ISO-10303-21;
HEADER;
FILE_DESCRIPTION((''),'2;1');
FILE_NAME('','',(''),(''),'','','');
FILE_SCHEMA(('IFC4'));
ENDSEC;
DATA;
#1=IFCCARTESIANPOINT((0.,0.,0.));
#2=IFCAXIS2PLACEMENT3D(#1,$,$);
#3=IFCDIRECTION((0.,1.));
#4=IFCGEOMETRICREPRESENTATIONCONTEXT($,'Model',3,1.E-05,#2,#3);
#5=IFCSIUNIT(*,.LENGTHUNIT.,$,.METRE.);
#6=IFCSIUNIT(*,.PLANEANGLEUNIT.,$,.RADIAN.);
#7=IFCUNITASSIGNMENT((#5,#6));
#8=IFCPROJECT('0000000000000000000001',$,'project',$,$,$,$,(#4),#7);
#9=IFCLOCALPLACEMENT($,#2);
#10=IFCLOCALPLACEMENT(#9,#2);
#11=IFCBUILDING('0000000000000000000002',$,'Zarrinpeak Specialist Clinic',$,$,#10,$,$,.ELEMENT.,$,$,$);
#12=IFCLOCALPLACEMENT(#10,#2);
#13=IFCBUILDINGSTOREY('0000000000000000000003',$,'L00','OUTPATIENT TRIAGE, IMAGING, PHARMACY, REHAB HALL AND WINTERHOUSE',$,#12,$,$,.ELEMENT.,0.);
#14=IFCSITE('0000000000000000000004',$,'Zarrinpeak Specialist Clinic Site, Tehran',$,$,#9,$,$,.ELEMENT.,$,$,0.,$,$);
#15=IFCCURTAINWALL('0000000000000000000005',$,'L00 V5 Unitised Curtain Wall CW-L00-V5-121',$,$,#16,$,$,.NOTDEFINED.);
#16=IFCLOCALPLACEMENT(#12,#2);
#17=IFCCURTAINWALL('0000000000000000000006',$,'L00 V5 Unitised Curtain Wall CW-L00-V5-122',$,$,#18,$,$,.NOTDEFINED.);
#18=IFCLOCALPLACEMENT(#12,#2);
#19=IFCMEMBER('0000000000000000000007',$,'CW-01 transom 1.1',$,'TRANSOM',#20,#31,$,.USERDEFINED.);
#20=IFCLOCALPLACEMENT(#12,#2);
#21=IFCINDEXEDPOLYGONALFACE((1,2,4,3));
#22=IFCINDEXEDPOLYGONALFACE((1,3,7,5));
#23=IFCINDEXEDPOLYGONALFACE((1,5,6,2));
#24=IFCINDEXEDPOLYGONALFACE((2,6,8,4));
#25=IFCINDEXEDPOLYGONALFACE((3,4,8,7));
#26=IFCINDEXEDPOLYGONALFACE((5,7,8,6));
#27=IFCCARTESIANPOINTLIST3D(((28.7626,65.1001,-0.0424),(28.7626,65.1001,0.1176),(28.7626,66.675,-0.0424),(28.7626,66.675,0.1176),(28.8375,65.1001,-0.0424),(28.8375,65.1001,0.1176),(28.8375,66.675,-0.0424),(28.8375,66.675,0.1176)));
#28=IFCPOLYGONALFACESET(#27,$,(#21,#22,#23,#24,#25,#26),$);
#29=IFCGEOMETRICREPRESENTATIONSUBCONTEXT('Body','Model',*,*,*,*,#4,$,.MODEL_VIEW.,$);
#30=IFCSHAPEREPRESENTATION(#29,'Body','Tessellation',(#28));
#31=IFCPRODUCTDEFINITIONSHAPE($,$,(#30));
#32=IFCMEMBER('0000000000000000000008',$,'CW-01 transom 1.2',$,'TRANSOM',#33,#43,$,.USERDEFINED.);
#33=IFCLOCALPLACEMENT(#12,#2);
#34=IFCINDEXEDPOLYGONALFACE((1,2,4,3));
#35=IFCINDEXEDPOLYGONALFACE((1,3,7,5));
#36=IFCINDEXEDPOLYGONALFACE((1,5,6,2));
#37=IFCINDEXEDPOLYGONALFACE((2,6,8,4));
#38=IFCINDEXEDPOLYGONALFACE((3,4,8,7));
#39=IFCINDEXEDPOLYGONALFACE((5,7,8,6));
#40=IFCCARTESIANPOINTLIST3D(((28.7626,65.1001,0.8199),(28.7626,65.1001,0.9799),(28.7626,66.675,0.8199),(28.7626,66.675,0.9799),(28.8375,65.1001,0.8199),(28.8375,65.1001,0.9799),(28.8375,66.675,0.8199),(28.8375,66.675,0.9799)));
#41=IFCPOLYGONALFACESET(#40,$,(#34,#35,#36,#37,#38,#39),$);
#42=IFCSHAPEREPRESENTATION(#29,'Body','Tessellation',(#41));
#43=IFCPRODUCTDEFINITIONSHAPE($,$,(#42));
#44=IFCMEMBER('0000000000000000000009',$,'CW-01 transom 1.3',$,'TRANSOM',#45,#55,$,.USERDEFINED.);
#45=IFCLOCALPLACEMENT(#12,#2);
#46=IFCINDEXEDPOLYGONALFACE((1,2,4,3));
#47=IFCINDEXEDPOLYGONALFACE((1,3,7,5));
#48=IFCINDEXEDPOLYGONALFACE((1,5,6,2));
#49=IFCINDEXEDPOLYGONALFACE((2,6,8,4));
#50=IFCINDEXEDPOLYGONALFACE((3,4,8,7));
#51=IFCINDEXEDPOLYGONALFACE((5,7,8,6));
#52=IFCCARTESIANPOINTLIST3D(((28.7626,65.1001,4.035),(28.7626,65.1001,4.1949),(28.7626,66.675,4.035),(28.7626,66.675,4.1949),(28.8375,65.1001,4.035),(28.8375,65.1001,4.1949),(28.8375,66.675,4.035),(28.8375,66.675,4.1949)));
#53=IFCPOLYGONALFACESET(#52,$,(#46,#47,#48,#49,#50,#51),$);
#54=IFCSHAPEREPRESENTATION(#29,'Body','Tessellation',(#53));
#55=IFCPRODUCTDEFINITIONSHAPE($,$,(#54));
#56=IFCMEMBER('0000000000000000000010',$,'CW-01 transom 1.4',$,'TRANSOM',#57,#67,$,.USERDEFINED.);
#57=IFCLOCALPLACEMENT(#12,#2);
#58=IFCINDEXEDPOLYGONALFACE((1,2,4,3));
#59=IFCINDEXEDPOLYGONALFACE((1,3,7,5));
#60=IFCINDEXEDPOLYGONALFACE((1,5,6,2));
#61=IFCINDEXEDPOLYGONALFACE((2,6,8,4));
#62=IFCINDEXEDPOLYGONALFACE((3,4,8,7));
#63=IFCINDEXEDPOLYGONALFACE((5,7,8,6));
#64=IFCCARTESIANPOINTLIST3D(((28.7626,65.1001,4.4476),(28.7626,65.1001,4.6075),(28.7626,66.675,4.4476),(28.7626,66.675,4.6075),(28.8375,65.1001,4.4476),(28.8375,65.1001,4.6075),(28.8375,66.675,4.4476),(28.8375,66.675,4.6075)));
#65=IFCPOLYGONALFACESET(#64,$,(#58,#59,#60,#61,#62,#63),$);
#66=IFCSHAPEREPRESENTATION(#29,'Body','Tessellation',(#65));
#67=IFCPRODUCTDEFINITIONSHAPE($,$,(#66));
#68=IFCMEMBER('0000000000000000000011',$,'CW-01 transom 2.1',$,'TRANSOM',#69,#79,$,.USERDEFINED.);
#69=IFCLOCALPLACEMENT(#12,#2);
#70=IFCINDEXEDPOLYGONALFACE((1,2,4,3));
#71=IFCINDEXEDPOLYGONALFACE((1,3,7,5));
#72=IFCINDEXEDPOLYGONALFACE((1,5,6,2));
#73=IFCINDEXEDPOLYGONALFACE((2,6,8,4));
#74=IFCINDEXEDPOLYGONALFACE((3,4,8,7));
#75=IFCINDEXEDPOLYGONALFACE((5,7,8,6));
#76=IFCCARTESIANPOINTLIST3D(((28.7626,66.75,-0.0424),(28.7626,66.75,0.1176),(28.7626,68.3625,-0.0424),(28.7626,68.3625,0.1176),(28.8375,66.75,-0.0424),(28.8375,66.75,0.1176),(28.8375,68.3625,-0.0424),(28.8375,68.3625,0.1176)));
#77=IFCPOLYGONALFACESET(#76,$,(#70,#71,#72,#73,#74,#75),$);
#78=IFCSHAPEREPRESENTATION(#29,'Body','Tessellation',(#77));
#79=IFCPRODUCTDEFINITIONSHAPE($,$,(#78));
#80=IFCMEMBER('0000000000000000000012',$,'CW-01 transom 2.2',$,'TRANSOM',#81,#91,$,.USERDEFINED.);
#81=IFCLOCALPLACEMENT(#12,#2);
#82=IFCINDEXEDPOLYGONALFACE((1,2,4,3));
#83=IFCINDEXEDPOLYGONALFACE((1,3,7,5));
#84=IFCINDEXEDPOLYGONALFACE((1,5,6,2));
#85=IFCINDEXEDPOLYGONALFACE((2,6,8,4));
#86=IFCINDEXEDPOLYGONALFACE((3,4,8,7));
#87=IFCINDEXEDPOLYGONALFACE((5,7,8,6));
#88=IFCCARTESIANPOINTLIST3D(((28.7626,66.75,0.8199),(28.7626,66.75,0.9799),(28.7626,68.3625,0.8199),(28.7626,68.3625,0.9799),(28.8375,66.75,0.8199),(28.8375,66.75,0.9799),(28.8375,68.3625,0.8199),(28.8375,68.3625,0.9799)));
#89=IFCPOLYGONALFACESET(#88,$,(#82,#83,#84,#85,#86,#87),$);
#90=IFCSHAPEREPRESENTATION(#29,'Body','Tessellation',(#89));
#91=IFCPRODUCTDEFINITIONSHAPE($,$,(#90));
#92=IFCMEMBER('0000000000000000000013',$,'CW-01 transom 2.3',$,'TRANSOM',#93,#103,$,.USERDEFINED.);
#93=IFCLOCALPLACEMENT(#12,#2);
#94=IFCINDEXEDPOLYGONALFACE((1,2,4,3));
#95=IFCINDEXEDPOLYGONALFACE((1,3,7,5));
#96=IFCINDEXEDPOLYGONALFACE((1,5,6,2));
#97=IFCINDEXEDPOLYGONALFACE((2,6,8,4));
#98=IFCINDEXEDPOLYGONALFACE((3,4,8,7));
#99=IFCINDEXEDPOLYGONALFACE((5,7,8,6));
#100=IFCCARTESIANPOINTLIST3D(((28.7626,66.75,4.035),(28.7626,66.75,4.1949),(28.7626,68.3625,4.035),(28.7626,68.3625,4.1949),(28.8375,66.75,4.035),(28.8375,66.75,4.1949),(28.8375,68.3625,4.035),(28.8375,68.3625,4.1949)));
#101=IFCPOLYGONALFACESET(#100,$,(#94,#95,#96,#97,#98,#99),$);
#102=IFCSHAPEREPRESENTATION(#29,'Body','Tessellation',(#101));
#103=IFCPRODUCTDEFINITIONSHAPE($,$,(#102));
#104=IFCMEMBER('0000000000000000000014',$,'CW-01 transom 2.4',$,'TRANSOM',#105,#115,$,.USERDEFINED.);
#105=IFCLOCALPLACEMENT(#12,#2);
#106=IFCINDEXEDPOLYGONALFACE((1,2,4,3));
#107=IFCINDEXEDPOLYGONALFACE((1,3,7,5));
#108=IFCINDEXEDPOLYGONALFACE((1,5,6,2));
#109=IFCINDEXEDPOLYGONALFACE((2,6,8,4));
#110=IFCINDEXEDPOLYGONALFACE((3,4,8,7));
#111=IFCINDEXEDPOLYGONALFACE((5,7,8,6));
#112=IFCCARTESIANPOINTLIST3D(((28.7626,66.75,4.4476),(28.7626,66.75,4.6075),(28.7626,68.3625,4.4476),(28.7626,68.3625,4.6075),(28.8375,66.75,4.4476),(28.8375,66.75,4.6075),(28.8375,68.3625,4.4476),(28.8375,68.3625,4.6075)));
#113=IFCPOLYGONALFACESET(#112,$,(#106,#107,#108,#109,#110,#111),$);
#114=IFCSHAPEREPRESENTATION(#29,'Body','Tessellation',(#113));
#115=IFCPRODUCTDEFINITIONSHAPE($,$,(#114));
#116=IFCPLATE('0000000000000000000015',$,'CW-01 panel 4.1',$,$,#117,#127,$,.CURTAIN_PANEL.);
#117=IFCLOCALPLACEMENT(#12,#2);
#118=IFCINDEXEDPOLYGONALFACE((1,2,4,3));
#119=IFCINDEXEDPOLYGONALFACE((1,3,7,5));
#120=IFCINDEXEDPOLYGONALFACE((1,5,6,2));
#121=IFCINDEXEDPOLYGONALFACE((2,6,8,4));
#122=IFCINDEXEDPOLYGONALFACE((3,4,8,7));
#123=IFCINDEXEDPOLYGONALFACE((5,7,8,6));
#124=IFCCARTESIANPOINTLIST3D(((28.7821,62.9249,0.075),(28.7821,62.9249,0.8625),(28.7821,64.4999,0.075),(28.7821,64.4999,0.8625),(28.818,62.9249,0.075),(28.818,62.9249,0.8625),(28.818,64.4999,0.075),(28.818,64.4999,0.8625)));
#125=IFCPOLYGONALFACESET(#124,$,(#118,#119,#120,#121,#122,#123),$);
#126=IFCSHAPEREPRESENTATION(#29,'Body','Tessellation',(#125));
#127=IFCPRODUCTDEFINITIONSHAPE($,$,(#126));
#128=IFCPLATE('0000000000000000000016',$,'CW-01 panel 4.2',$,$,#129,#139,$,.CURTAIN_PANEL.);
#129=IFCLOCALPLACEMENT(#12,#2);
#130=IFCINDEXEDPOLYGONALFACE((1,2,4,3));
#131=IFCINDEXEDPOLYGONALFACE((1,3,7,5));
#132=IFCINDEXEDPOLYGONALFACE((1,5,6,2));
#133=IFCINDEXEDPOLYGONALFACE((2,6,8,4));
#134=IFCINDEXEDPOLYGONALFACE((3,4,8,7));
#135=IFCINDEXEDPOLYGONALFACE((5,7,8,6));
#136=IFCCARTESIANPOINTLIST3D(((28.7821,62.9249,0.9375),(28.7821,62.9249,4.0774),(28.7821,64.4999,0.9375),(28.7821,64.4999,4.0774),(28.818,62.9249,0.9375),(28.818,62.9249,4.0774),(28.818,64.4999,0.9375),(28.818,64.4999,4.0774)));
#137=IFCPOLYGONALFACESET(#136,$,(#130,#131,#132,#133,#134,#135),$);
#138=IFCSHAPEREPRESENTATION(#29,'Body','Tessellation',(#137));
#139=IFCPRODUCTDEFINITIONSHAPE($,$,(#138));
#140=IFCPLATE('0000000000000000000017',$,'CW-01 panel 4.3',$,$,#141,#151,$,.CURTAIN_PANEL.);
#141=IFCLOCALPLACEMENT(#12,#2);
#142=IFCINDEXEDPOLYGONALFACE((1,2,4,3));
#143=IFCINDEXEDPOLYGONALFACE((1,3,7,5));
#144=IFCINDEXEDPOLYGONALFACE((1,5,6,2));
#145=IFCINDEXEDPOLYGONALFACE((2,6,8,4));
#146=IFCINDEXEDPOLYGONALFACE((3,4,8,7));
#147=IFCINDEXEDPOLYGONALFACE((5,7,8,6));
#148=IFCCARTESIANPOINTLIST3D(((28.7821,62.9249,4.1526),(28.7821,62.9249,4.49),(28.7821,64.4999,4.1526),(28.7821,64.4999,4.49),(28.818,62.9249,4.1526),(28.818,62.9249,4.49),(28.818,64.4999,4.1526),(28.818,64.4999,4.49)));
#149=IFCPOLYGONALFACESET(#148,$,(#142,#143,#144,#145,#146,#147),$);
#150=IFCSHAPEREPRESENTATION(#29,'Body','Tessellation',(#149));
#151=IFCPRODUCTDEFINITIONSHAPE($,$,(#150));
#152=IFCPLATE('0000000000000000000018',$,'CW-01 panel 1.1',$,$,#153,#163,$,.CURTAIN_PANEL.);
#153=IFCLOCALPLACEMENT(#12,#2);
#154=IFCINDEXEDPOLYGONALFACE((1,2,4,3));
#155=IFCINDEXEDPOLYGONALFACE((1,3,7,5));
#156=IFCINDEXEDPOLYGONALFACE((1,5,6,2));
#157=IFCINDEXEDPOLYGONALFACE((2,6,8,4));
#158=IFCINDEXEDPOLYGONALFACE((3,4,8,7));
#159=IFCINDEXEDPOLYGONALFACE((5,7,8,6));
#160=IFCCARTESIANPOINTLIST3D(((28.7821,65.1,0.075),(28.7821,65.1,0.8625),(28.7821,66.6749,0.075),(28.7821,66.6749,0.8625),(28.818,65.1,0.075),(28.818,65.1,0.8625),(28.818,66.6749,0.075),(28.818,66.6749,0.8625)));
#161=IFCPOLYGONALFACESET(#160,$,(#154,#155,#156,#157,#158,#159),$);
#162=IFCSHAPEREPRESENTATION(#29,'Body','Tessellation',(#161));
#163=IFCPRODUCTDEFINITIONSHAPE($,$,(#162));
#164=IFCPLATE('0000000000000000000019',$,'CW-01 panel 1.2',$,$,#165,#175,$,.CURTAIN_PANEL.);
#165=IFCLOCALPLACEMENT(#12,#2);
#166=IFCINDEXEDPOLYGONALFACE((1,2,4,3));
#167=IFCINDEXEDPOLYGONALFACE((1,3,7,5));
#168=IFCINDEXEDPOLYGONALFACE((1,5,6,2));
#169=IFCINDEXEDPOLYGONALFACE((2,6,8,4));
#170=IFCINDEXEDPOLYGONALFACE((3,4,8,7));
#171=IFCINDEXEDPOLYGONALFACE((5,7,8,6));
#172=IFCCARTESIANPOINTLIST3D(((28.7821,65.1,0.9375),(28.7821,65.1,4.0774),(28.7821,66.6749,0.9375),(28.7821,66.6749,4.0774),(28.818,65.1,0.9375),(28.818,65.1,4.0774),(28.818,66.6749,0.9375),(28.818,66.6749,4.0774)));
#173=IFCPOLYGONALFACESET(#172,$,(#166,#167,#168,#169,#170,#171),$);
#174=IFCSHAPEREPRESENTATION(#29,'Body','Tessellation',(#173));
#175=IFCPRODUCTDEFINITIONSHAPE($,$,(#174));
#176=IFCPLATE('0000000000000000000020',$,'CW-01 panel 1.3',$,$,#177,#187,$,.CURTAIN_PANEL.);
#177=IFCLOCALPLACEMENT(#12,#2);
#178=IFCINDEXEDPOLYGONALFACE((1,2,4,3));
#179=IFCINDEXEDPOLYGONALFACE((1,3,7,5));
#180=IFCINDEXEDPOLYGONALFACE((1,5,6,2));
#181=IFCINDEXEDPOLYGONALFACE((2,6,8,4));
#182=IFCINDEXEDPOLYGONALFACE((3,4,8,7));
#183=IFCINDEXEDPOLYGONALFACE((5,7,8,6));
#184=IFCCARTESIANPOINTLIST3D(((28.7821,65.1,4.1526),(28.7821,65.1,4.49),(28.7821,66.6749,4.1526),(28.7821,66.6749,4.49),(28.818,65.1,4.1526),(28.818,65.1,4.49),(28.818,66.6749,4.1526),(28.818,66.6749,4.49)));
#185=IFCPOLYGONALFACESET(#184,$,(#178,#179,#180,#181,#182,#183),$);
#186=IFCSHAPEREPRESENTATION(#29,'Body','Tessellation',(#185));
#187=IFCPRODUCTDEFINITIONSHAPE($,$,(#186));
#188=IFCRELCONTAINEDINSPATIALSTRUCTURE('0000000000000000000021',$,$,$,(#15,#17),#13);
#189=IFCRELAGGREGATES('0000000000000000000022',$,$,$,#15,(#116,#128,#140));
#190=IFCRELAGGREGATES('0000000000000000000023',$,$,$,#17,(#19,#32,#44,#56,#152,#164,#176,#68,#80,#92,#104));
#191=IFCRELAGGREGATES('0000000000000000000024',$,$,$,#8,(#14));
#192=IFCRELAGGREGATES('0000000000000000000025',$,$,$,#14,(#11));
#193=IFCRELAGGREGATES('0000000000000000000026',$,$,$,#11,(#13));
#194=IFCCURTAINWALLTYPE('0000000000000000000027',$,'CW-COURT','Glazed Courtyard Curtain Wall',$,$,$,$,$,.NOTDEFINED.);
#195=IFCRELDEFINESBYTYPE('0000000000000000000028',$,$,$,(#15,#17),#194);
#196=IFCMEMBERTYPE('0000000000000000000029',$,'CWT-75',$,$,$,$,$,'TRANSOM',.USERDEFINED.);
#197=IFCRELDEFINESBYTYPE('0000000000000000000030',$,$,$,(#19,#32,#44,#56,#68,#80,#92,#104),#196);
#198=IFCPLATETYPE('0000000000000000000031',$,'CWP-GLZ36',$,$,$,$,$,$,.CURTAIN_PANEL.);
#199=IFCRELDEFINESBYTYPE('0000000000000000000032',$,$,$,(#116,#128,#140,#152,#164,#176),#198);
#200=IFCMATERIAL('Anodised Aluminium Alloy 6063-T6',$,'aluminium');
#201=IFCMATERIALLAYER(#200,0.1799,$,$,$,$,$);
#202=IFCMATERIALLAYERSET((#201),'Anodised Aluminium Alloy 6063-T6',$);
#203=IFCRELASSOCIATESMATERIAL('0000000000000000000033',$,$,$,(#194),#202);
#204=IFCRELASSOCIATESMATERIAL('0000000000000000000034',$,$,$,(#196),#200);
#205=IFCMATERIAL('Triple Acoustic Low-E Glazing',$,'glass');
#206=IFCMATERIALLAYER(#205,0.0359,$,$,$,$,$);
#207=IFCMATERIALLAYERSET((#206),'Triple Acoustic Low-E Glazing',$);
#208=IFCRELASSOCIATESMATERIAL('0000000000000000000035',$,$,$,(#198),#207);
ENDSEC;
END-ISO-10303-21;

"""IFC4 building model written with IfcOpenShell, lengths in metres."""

from ifc_helpers import new_model, si_unit, direction, frame, origin, origin_2d, place, context, subcontext, project, spatial, rectangle, extrude, material, layer, layer_set, material_profile, profile_set, type_object, element, aggregate, save


model = new_model("IFC4")

# Units and contexts
model_context = context("Model", 3, precision=1e-05, world=origin(), true_north=direction((0.0, 1.0)))
body_context = subcontext(model_context, "Body", "Model", "MODEL_VIEW")
ifc_project = project(units=[si_unit("LENGTHUNIT", "METRE"), si_unit("PLANEANGLEUNIT", "RADIAN")], contexts=[model_context])

# Site, building, storey
site_placement = place(None, origin())
site = spatial("IfcSite", under=ifc_project, at=site_placement, Name="Zarrinpeak Specialist Clinic Site, Tehran", CompositionType="ELEMENT", RefElevation=0.0)
building_placement = place(site_placement, origin())
building = spatial("IfcBuilding", under=site, at=building_placement, Name="Zarrinpeak Specialist Clinic", CompositionType="ELEMENT")
storey_placement = place(building_placement, origin())
storey = spatial("IfcBuildingStorey", under=building, at=storey_placement, Name="L00", Description="OUTPATIENT TRIAGE, IMAGING, PHARMACY, REHAB HALL AND WINTERHOUSE", CompositionType="ELEMENT", Elevation=0.0)

# Curtain wall
ifc_material_1 = material(Name="Anodised Aluminium Alloy 6063-T6", Category="aluminium")
ifc_layer_1 = layer(ifc_material_1, 0.1799)
ifc_layer_set_1 = layer_set([ifc_layer_1], Name="Anodised Aluminium Alloy 6063-T6")
curtain_wall_type = type_object("IfcCurtainWallType", Name="CW-COURT", Description="Glazed Courtyard Curtain Wall", PredefinedType="NOTDEFINED", material=ifc_layer_set_1)
curtain_wall_1_placement = place(storey_placement, origin())
curtain_wall_1 = element("IfcCurtainWall", 1, at=curtain_wall_1_placement, inside=storey, type_object=curtain_wall_type, Name="L00 V5 Unitised Curtain Wall CW-L00-V5-121", PredefinedType="NOTDEFINED")

# Curtain wall
curtain_wall_2_placement = place(storey_placement, origin())
curtain_wall_2 = element("IfcCurtainWall", 2, at=curtain_wall_2_placement, inside=storey, type_object=curtain_wall_type, Name="L00 V5 Unitised Curtain Wall CW-L00-V5-122", PredefinedType="NOTDEFINED")

# Members
ifc_material_profile_1 = material_profile(ifc_material_1, rectangle(XDim=0.075, YDim=0.1599, at=origin_2d()), Name="ALU 75x160")
ifc_profile_set_1 = profile_set([ifc_material_profile_1], Name="Anodised Aluminium Alloy 6063-T6")
member_type_1 = type_object("IfcMemberType", Name="CWT-75", ElementType="TRANSOM", PredefinedType="USERDEFINED", material=ifc_profile_set_1)
member_1_placement = place(storey_placement, frame((28.8, 65.1001, 0.0376), z_axis=(0.0, 1.0, 0.0), x_axis=(-1.0, 0.0, 0.0)))
member_1 = element("IfcMember", 3, at=member_1_placement, type_object=member_type_1, Name="CW-01 transom 1.1", ObjectType="TRANSOM", PredefinedType="USERDEFINED", context=body_context, shape_type="SweptSolid", body=[
    extrude(rectangle(XDim=0.075, YDim=0.1599, at=origin_2d()), origin(), (0.0, 0.0, 1.0), 1.575),
])
member_2_placement = place(storey_placement, frame((28.8, 65.1001, 0.8999), z_axis=(0.0, 1.0, 0.0), x_axis=(-1.0, 0.0, 0.0)))
member_2 = element("IfcMember", 4, at=member_2_placement, type_object=member_type_1, Name="CW-01 transom 1.2", ObjectType="TRANSOM", PredefinedType="USERDEFINED", context=body_context, shape_type="SweptSolid", body=[
    extrude(rectangle(XDim=0.075, YDim=0.1599, at=origin_2d()), origin(), (0.0, 0.0, 1.0), 1.575),
])
member_3_placement = place(storey_placement, frame((28.8, 65.1001, 4.115), z_axis=(0.0, 1.0, 0.0), x_axis=(-1.0, 0.0, 0.0)))
member_3 = element("IfcMember", 5, at=member_3_placement, type_object=member_type_1, Name="CW-01 transom 1.3", ObjectType="TRANSOM", PredefinedType="USERDEFINED", context=body_context, shape_type="SweptSolid", body=[
    extrude(rectangle(XDim=0.075, YDim=0.1599, at=origin_2d()), origin(), (0.0, 0.0, 1.0), 1.575),
])
member_4_placement = place(storey_placement, frame((28.8, 65.1001, 4.5276), z_axis=(0.0, 1.0, 0.0), x_axis=(-1.0, 0.0, 0.0)))
member_4 = element("IfcMember", 6, at=member_4_placement, type_object=member_type_1, Name="CW-01 transom 1.4", ObjectType="TRANSOM", PredefinedType="USERDEFINED", context=body_context, shape_type="SweptSolid", body=[
    extrude(rectangle(XDim=0.075, YDim=0.1599, at=origin_2d()), origin(), (0.0, 0.0, 1.0), 1.575),
])
member_5_placement = place(storey_placement, frame((28.8, 66.75, 0.0376), z_axis=(0.0, 1.0, 0.0), x_axis=(-1.0, 0.0, 0.0)))
member_5 = element("IfcMember", 7, at=member_5_placement, type_object=member_type_1, Name="CW-01 transom 2.1", ObjectType="TRANSOM", PredefinedType="USERDEFINED", context=body_context, shape_type="SweptSolid", body=[
    extrude(rectangle(XDim=0.075, YDim=0.1599, at=origin_2d()), origin(), (0.0, 0.0, 1.0), 1.6125),
])
member_6_placement = place(storey_placement, frame((28.8, 66.75, 0.8999), z_axis=(0.0, 1.0, 0.0), x_axis=(-1.0, 0.0, 0.0)))
member_6 = element("IfcMember", 8, at=member_6_placement, type_object=member_type_1, Name="CW-01 transom 2.2", ObjectType="TRANSOM", PredefinedType="USERDEFINED", context=body_context, shape_type="SweptSolid", body=[
    extrude(rectangle(XDim=0.075, YDim=0.1599, at=origin_2d()), origin(), (0.0, 0.0, 1.0), 1.6125),
])
member_7_placement = place(storey_placement, frame((28.8, 66.75, 4.115), z_axis=(0.0, 1.0, 0.0), x_axis=(-1.0, 0.0, 0.0)))
member_7 = element("IfcMember", 9, at=member_7_placement, type_object=member_type_1, Name="CW-01 transom 2.3", ObjectType="TRANSOM", PredefinedType="USERDEFINED", context=body_context, shape_type="SweptSolid", body=[
    extrude(rectangle(XDim=0.075, YDim=0.1599, at=origin_2d()), origin(), (0.0, 0.0, 1.0), 1.6125),
])
member_8_placement = place(storey_placement, frame((28.8, 66.75, 4.5276), z_axis=(0.0, 1.0, 0.0), x_axis=(-1.0, 0.0, 0.0)))
member_8 = element("IfcMember", 10, at=member_8_placement, type_object=member_type_1, Name="CW-01 transom 2.4", ObjectType="TRANSOM", PredefinedType="USERDEFINED", context=body_context, shape_type="SweptSolid", body=[
    extrude(rectangle(XDim=0.075, YDim=0.1599, at=origin_2d()), origin(), (0.0, 0.0, 1.0), 1.6125),
])

# Plates
ifc_material_2 = material(Name="Triple Acoustic Low-E Glazing", Category="glass")
ifc_layer_2 = layer(ifc_material_2, 0.0359)
ifc_layer_set_2 = layer_set([ifc_layer_2], Name="Triple Acoustic Low-E Glazing")
plate_type = type_object("IfcPlateType", Name="CWP-GLZ36", PredefinedType="CURTAIN_PANEL", material=ifc_layer_set_2)
plate_1_placement = place(storey_placement, frame((28.8, 63.7124, 0.075), z_axis=(0.0, 0.0, 1.0), x_axis=(0.0, 1.0, 0.0)))
plate_1 = element("IfcPlate", 11, at=plate_1_placement, type_object=plate_type, Name="CW-01 panel 4.1", PredefinedType="CURTAIN_PANEL", context=body_context, shape_type="SweptSolid", body=[
    extrude(rectangle(XDim=1.575, YDim=0.0359, at=origin_2d()), origin(), (0.0, 0.0, 1.0), 0.7876),
])
plate_2_placement = place(storey_placement, frame((28.8, 63.7124, 0.9375), z_axis=(0.0, 0.0, 1.0), x_axis=(0.0, 1.0, 0.0)))
plate_2 = element("IfcPlate", 12, at=plate_2_placement, type_object=plate_type, Name="CW-01 panel 4.2", PredefinedType="CURTAIN_PANEL", context=body_context, shape_type="SweptSolid", body=[
    extrude(rectangle(XDim=1.575, YDim=0.0359, at=origin_2d()), origin(), (0.0, 0.0, 1.0), 3.1399),
])
plate_3_placement = place(storey_placement, frame((28.8, 63.7124, 4.1526), z_axis=(0.0, 0.0, 1.0), x_axis=(0.0, 1.0, 0.0)))
plate_3 = element("IfcPlate", 13, at=plate_3_placement, type_object=plate_type, Name="CW-01 panel 4.3", PredefinedType="CURTAIN_PANEL", context=body_context, shape_type="SweptSolid", body=[
    extrude(rectangle(XDim=1.575, YDim=0.0359, at=origin_2d()), origin(), (0.0, 0.0, 1.0), 0.3374),
])
aggregate(curtain_wall_1, [plate_1, plate_2, plate_3])
plate_4_placement = place(storey_placement, frame((28.8, 65.8875, 0.075), z_axis=(0.0, 0.0, 1.0), x_axis=(0.0, 1.0, 0.0)))
plate_4 = element("IfcPlate", 14, at=plate_4_placement, type_object=plate_type, Name="CW-01 panel 1.1", PredefinedType="CURTAIN_PANEL", context=body_context, shape_type="SweptSolid", body=[
    extrude(rectangle(XDim=1.575, YDim=0.0359, at=origin_2d()), origin(), (0.0, 0.0, 1.0), 0.7876),
])
plate_5_placement = place(storey_placement, frame((28.8, 65.8875, 0.9375), z_axis=(0.0, 0.0, 1.0), x_axis=(0.0, 1.0, 0.0)))
plate_5 = element("IfcPlate", 15, at=plate_5_placement, type_object=plate_type, Name="CW-01 panel 1.2", PredefinedType="CURTAIN_PANEL", context=body_context, shape_type="SweptSolid", body=[
    extrude(rectangle(XDim=1.575, YDim=0.0359, at=origin_2d()), origin(), (0.0, 0.0, 1.0), 3.1399),
])
plate_6_placement = place(storey_placement, frame((28.8, 65.8875, 4.1526), z_axis=(0.0, 0.0, 1.0), x_axis=(0.0, 1.0, 0.0)))
plate_6 = element("IfcPlate", 16, at=plate_6_placement, type_object=plate_type, Name="CW-01 panel 1.3", PredefinedType="CURTAIN_PANEL", context=body_context, shape_type="SweptSolid", body=[
    extrude(rectangle(XDim=1.575, YDim=0.0359, at=origin_2d()), origin(), (0.0, 0.0, 1.0), 0.3374),
])
aggregate(curtain_wall_2, [member_1, member_2, member_3, member_4, plate_4, plate_5, plate_6, member_5, member_6, member_7, member_8])

save(model, "model.ifc")
